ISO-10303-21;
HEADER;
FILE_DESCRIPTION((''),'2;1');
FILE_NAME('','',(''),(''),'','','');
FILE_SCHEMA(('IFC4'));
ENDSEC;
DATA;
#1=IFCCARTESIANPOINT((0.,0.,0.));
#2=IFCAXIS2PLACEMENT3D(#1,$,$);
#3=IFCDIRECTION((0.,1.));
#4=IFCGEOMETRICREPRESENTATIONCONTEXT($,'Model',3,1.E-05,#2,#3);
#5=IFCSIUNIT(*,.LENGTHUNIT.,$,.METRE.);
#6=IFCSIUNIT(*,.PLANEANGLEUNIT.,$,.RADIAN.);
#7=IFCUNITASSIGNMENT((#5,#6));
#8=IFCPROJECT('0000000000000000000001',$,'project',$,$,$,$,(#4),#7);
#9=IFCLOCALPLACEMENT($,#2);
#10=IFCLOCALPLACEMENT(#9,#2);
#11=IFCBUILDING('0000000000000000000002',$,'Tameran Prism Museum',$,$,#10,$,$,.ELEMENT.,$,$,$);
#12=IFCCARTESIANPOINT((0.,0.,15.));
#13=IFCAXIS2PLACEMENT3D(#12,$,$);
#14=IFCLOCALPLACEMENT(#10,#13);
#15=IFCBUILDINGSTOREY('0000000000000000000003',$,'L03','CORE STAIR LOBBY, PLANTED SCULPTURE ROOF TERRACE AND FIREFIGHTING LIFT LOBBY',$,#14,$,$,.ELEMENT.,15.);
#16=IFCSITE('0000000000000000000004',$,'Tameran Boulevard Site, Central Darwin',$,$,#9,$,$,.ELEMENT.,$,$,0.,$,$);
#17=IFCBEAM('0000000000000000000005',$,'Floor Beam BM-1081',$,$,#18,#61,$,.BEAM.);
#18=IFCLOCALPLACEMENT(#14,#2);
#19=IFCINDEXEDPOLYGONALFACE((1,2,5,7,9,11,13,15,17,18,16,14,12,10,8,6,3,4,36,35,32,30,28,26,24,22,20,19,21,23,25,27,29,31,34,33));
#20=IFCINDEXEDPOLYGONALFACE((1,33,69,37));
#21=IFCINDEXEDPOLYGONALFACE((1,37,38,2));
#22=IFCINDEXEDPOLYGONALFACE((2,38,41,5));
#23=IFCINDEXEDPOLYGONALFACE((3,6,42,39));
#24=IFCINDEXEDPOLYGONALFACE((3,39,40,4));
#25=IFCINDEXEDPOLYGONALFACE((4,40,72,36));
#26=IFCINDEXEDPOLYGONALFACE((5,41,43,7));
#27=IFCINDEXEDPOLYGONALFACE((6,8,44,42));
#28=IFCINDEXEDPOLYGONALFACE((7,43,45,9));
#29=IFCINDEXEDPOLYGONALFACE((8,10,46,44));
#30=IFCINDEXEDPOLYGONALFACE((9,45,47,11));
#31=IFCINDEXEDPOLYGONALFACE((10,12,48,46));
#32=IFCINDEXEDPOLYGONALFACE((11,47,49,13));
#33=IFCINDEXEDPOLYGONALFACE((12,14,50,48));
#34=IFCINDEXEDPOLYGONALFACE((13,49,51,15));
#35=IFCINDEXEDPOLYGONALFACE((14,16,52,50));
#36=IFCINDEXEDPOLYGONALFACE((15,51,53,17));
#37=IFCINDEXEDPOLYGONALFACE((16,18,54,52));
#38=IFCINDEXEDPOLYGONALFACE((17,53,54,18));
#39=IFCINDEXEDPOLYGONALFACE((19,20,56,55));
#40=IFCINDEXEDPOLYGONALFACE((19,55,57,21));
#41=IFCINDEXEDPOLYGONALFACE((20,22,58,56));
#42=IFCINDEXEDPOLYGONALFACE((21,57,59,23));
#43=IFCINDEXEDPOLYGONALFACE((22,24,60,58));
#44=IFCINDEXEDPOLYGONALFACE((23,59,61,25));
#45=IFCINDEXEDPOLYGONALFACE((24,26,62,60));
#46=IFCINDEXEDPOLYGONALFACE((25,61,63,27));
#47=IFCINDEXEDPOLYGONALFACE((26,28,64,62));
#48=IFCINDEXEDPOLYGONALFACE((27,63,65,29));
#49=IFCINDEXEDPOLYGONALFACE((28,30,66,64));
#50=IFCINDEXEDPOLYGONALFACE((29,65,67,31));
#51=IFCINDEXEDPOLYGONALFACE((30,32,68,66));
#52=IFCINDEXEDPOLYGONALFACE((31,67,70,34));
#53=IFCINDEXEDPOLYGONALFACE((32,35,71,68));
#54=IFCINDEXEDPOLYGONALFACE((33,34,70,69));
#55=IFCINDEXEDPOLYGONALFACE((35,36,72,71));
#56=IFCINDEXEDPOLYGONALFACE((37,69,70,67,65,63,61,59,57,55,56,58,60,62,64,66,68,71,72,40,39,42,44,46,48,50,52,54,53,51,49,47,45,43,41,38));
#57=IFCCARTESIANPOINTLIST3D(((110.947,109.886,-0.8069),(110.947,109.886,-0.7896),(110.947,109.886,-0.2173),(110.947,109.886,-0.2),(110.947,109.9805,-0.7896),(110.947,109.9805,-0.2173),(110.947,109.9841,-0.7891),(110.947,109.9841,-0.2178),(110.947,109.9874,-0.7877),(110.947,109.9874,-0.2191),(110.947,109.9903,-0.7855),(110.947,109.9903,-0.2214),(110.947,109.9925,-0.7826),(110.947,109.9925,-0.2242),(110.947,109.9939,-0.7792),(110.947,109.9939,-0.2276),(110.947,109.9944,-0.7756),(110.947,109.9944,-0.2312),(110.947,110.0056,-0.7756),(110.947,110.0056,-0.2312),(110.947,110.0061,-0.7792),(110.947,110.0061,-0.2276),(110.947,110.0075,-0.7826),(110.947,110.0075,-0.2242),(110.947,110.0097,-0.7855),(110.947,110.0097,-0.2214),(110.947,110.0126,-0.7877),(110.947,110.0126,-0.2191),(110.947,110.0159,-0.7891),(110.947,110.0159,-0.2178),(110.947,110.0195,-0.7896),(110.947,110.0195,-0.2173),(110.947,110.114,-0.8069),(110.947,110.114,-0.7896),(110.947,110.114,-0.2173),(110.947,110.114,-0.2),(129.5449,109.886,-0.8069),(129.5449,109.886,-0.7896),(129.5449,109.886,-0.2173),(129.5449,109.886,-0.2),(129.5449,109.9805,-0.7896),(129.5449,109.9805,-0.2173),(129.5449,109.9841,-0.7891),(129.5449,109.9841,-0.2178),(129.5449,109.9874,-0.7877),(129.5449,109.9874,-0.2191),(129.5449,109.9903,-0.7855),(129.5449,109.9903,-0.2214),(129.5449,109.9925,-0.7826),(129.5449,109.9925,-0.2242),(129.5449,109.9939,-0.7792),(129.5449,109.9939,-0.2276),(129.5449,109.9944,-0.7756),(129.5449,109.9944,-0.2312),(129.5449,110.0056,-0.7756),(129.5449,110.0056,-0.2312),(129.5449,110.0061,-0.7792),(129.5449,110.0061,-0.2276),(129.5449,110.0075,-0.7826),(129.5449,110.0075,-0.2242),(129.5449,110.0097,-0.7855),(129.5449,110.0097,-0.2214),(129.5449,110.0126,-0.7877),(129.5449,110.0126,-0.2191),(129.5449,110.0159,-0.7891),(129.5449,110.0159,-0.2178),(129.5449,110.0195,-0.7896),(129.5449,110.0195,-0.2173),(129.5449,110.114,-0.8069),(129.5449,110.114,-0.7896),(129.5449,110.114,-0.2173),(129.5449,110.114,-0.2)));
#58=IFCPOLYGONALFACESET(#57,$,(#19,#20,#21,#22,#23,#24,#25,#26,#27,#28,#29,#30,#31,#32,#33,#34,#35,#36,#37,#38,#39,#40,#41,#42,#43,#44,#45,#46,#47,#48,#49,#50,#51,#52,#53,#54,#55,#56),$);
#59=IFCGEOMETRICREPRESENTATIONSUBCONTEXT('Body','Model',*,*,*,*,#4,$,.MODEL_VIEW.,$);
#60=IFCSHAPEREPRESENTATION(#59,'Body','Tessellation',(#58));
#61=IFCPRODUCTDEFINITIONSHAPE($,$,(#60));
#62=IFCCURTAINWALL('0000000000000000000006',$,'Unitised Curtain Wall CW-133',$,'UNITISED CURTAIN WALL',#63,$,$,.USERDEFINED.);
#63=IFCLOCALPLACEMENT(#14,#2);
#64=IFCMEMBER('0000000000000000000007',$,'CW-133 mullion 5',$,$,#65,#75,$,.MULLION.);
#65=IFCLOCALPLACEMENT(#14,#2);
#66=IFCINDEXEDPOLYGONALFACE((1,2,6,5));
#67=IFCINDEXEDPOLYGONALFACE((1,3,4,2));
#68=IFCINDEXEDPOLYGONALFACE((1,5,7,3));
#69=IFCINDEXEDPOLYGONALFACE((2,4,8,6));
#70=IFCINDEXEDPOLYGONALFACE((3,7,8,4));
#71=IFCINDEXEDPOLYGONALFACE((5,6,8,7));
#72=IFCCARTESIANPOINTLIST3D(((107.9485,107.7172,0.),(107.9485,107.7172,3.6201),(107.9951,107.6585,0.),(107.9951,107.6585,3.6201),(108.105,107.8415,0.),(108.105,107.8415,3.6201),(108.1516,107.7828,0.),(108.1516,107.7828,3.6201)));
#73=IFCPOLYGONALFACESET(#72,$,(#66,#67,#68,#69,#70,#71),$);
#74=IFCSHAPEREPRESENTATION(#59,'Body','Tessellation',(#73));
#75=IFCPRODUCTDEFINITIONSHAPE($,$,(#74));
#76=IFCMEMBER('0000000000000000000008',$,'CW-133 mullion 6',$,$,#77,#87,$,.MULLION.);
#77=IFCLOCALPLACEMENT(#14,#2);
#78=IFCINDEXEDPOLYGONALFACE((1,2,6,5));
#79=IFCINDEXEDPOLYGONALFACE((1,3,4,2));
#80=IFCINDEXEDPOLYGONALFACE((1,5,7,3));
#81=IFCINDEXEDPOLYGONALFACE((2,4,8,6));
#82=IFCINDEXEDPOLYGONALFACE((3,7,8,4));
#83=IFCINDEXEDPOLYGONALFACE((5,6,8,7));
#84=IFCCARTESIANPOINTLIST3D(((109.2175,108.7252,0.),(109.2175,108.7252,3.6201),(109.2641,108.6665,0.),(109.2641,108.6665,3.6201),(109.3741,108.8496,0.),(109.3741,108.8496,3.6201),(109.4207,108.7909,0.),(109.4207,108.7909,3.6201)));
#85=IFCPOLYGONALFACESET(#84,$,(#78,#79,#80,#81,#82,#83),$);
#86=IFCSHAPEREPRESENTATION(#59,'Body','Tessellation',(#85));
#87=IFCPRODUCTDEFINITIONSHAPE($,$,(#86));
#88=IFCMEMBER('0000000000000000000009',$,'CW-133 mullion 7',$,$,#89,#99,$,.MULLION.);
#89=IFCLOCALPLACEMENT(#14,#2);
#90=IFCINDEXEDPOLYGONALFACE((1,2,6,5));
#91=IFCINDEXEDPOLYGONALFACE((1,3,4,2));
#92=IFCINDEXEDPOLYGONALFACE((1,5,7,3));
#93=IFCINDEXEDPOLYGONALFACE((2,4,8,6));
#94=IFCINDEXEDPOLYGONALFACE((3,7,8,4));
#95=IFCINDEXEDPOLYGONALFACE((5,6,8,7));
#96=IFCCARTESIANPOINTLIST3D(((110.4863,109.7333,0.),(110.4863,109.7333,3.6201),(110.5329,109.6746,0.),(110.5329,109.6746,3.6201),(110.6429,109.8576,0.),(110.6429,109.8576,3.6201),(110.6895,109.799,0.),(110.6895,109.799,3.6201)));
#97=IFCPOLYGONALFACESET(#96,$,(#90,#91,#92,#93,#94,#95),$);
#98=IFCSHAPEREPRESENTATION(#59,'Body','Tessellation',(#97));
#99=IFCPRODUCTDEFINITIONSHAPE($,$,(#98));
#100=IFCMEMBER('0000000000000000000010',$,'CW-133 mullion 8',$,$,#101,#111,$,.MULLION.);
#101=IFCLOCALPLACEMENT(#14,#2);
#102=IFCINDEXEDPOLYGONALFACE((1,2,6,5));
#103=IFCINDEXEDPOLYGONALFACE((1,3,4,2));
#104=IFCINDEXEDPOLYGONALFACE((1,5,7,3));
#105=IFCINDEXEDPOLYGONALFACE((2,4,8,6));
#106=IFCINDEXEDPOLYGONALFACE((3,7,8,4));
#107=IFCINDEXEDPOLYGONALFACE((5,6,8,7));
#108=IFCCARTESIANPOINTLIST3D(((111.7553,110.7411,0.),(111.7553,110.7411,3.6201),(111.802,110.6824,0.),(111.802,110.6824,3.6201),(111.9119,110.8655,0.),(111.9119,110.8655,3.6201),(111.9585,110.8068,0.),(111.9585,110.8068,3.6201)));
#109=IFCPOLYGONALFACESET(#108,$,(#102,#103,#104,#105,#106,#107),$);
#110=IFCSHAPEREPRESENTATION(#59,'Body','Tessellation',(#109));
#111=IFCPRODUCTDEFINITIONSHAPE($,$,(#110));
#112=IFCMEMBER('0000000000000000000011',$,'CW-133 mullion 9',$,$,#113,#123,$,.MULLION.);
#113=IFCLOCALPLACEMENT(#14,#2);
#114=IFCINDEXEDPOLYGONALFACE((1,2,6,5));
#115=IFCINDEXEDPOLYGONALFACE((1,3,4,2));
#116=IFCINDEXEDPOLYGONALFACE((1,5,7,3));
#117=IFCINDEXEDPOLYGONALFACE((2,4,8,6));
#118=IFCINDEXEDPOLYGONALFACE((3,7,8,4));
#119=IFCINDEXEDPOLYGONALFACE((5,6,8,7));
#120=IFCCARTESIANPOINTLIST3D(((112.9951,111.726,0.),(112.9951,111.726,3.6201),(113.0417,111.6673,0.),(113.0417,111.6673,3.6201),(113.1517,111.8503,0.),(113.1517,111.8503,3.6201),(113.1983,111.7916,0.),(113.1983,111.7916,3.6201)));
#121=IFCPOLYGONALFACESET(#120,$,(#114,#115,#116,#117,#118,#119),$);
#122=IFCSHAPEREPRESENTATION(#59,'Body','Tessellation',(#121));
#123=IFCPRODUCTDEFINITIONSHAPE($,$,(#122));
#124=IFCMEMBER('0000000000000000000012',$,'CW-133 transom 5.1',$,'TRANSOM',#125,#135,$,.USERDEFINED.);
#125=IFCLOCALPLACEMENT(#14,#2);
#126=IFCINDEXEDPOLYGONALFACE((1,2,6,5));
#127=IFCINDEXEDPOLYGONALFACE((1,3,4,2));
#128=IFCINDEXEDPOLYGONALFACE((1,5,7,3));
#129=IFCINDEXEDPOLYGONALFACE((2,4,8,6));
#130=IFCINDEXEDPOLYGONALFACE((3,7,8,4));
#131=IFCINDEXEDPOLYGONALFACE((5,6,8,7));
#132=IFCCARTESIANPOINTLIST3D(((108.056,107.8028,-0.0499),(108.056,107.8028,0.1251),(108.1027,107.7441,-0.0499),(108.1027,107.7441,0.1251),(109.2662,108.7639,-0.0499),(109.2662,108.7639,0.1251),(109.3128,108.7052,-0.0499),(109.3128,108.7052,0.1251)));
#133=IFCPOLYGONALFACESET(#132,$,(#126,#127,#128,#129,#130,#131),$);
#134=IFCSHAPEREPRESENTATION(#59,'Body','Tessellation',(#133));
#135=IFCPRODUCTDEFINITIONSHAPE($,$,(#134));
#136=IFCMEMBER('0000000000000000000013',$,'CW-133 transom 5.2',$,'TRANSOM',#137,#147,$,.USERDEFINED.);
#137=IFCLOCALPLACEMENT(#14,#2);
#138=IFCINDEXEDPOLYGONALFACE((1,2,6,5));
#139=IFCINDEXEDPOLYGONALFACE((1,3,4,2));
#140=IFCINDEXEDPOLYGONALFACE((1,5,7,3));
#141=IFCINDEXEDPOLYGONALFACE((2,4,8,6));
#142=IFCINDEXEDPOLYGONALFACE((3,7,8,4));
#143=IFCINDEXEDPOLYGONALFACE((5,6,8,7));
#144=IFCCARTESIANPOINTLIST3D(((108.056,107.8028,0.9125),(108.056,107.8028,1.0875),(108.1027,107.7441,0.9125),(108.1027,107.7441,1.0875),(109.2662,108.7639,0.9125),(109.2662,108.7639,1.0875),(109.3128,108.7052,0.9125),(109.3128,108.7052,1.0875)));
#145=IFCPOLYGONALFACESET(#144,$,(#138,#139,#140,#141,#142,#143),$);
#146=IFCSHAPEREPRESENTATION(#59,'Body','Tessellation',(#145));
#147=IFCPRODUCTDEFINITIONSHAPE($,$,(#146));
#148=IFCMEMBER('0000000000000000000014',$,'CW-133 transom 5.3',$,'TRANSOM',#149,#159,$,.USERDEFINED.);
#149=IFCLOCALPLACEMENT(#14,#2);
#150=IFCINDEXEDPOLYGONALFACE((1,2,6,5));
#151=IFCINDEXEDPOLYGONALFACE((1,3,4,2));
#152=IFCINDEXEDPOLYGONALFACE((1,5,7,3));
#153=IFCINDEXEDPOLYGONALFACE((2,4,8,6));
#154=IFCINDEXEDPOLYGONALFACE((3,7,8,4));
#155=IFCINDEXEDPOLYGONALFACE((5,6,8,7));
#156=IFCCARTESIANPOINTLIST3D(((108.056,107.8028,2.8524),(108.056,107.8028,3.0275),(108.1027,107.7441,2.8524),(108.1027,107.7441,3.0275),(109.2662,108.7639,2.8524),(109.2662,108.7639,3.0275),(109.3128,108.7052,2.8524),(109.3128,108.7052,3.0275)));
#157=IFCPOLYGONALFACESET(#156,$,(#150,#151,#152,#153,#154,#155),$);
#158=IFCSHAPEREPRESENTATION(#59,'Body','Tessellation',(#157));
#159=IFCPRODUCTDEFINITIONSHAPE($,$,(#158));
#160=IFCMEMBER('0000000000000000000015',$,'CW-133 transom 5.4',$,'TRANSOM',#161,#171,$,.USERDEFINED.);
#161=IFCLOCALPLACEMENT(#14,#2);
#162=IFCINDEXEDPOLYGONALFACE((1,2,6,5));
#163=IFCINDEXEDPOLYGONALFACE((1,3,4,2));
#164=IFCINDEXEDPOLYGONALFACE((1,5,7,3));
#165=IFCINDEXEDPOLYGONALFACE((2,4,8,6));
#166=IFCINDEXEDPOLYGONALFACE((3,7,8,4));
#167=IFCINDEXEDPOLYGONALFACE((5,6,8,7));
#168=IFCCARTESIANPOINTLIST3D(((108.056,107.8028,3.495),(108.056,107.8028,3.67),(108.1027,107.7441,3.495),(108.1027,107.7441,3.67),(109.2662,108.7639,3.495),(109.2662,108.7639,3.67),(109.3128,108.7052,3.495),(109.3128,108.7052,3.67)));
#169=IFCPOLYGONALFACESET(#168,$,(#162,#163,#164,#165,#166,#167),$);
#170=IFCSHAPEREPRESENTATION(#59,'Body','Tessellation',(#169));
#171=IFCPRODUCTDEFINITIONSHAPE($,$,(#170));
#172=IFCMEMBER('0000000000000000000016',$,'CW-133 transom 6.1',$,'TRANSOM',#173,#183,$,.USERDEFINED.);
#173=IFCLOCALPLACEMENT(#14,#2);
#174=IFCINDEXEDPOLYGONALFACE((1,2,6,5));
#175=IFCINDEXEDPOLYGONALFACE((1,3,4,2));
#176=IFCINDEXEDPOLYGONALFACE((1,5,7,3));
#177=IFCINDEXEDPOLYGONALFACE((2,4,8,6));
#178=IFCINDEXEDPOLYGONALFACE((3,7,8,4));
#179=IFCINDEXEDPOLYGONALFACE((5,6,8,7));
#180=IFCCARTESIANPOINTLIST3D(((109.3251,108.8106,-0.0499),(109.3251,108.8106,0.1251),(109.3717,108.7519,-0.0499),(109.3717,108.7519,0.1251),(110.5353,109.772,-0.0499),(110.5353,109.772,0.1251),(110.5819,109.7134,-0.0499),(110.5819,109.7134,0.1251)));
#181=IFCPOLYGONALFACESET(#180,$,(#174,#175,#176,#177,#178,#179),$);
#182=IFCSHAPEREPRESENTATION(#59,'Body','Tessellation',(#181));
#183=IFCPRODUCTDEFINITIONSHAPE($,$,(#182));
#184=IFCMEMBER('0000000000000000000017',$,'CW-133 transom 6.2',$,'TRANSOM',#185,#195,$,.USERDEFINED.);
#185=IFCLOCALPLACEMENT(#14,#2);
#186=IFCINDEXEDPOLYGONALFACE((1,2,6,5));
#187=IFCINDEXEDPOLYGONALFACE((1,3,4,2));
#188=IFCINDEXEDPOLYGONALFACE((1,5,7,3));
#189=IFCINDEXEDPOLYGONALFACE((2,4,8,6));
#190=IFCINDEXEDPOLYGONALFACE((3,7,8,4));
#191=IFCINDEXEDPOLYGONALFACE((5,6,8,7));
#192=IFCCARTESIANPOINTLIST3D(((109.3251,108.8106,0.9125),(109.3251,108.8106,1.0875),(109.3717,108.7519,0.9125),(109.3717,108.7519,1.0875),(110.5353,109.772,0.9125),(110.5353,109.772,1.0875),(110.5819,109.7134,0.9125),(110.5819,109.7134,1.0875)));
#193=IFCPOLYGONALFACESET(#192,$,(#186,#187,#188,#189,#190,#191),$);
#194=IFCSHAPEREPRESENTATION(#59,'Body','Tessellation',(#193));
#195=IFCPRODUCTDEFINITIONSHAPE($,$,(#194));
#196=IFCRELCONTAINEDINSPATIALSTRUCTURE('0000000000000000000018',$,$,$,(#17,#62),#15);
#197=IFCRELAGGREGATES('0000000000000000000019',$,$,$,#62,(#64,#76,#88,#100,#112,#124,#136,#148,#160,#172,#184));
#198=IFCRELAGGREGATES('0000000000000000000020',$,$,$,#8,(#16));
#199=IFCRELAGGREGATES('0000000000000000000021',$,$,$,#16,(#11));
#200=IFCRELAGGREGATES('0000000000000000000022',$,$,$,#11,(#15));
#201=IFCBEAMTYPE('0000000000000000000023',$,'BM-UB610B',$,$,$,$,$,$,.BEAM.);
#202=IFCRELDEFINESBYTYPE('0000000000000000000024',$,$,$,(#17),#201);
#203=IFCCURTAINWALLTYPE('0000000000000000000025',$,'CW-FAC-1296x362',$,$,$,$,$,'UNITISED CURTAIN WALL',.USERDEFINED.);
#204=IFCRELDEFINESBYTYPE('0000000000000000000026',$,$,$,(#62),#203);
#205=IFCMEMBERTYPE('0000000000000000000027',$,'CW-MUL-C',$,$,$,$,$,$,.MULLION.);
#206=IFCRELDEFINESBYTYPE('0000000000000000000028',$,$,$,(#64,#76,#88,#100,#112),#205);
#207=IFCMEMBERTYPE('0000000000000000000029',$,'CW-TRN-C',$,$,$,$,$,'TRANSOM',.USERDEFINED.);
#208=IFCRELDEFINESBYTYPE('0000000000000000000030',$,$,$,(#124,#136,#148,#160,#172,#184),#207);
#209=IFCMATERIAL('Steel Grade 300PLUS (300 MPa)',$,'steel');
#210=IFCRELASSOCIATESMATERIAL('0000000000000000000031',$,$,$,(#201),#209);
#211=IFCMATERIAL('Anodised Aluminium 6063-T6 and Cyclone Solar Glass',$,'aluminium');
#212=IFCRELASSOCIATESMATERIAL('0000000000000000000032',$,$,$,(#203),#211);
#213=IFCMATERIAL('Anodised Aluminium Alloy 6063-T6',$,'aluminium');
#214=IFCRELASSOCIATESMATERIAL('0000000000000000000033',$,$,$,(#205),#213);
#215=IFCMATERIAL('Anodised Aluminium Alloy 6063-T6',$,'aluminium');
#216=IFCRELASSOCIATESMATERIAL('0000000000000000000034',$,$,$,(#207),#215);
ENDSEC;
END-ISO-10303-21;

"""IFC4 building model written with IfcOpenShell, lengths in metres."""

from ifc_helpers import new_model, si_unit, direction, frame, origin, origin_2d, place, context, subcontext, project, spatial, rectangle, i_section, extrude, material, material_profile, profile_set, type_object, element, aggregate, save


model = new_model("IFC4")

# Units and contexts
model_context = context("Model", 3, precision=1e-05, world=origin(), true_north=direction((0.0, 1.0)))
body_context = subcontext(model_context, "Body", "Model", "MODEL_VIEW")
ifc_project = project(units=[si_unit("LENGTHUNIT", "METRE"), si_unit("PLANEANGLEUNIT", "RADIAN")], contexts=[model_context])

# Site, building, storey
site_placement = place(None, origin())
site = spatial("IfcSite", under=ifc_project, at=site_placement, Name="Tameran Boulevard Site, Central Darwin", CompositionType="ELEMENT", RefElevation=0.0)
building_placement = place(site_placement, origin())
building = spatial("IfcBuilding", under=site, at=building_placement, Name="Tameran Prism Museum", CompositionType="ELEMENT")
storey_placement = place(building_placement, frame((0.0, 0.0, 15.0)))
storey = spatial("IfcBuildingStorey", under=building, at=storey_placement, Name="L03", Description="CORE STAIR LOBBY, PLANTED SCULPTURE ROOF TERRACE AND FIREFIGHTING LIFT LOBBY", CompositionType="ELEMENT", Elevation=15.0)

# Beam
ifc_material_1 = material(Name="Steel Grade 300PLUS (300 MPa)", Category="steel")
ifc_material_profile_1 = material_profile(ifc_material_1, i_section(OverallWidth=0.228, OverallDepth=0.6069, WebThickness=0.0112, FlangeThickness=0.0173, FilletRadius=0.0139, at=origin_2d()))
ifc_profile_set_1 = profile_set([ifc_material_profile_1])
beam_type = type_object("IfcBeamType", Name="BM-UB610B", PredefinedType="BEAM", material=ifc_profile_set_1)
beam_placement = place(storey_placement, frame((110.947, 110.0, -0.5034), z_axis=(1.0, 0.0, 0.0), x_axis=(0.0, 1.0, 0.0)))
element("IfcBeam", 1, at=beam_placement, inside=storey, type_object=beam_type, Name="Floor Beam BM-1081", PredefinedType="BEAM", context=body_context, shape_type="SweptSolid", body=[
    extrude(i_section(OverallWidth=0.228, OverallDepth=0.6069, WebThickness=0.0112, FlangeThickness=0.0173, FilletRadius=0.0139, at=origin_2d()), origin(), (0.0, 0.0, 1.0), 18.5979),
])

# Curtain wall, members
ifc_material_2 = material(Name="Anodised Aluminium 6063-T6 and Cyclone Solar Glass", Category="aluminium")
curtain_wall_type = type_object("IfcCurtainWallType", Name="CW-FAC-1296x362", ElementType="UNITISED CURTAIN WALL", PredefinedType="USERDEFINED", material=ifc_material_2)
curtain_wall_placement = place(storey_placement, origin())
curtain_wall = element("IfcCurtainWall", 2, at=curtain_wall_placement, inside=storey, type_object=curtain_wall_type, Name="Unitised Curtain Wall CW-133", ObjectType="UNITISED CURTAIN WALL", PredefinedType="USERDEFINED")
ifc_material_3 = material(Name="Anodised Aluminium Alloy 6063-T6", Category="aluminium")
ifc_material_profile_2 = material_profile(ifc_material_3, rectangle(XDim=0.075, YDim=0.2, at=origin_2d()))
ifc_profile_set_2 = profile_set([ifc_material_profile_2])
member_type_1 = type_object("IfcMemberType", Name="CW-MUL-C", PredefinedType="MULLION", material=ifc_profile_set_2)
member_1_placement = place(storey_placement, frame((108.05, 107.75, 0.0), z_axis=(0.0, 0.0, 1.0), x_axis=(-0.621982, 0.783031, 0.0)))
member_1 = element("IfcMember", 3, at=member_1_placement, type_object=member_type_1, Name="CW-133 mullion 5", PredefinedType="MULLION", context=body_context, shape_type="SweptSolid", body=[
    extrude(rectangle(XDim=0.075, YDim=0.2, at=origin_2d()), origin(), (0.0, 0.0, 1.0), 3.6201),
])
member_2_placement = place(storey_placement, frame((109.3191, 108.7581, 0.0), z_axis=(0.0, 0.0, 1.0), x_axis=(-0.621982, 0.783031, 0.0)))
member_2 = element("IfcMember", 4, at=member_2_placement, type_object=member_type_1, Name="CW-133 mullion 6", PredefinedType="MULLION", context=body_context, shape_type="SweptSolid", body=[
    extrude(rectangle(XDim=0.075, YDim=0.2, at=origin_2d()), origin(), (0.0, 0.0, 1.0), 3.6201),
])
member_3_placement = place(storey_placement, frame((110.5879, 109.7661, 0.0), z_axis=(0.0, 0.0, 1.0), x_axis=(-0.621982, 0.783031, 0.0)))
member_3 = element("IfcMember", 5, at=member_3_placement, type_object=member_type_1, Name="CW-133 mullion 7", PredefinedType="MULLION", context=body_context, shape_type="SweptSolid", body=[
    extrude(rectangle(XDim=0.075, YDim=0.2, at=origin_2d()), origin(), (0.0, 0.0, 1.0), 3.6201),
])
member_4_placement = place(storey_placement, frame((111.8569, 110.7739, 0.0), z_axis=(0.0, 0.0, 1.0), x_axis=(-0.621982, 0.783031, 0.0)))
member_4 = element("IfcMember", 6, at=member_4_placement, type_object=member_type_1, Name="CW-133 mullion 8", PredefinedType="MULLION", context=body_context, shape_type="SweptSolid", body=[
    extrude(rectangle(XDim=0.075, YDim=0.2, at=origin_2d()), origin(), (0.0, 0.0, 1.0), 3.6201),
])
member_5_placement = place(storey_placement, frame((113.0967, 111.7588, 0.0), z_axis=(0.0, 0.0, 1.0), x_axis=(-0.621982, 0.783031, 0.0)))
member_5 = element("IfcMember", 7, at=member_5_placement, type_object=member_type_1, Name="CW-133 mullion 9", PredefinedType="MULLION", context=body_context, shape_type="SweptSolid", body=[
    extrude(rectangle(XDim=0.075, YDim=0.2, at=origin_2d()), origin(), (0.0, 0.0, 1.0), 3.6201),
])
ifc_material_4 = material(Name="Anodised Aluminium Alloy 6063-T6", Category="aluminium")
ifc_material_profile_3 = material_profile(ifc_material_4, rectangle(XDim=0.075, YDim=0.175, at=origin_2d()))
ifc_profile_set_3 = profile_set([ifc_material_profile_3])
member_type_2 = type_object("IfcMemberType", Name="CW-TRN-C", ElementType="TRANSOM", PredefinedType="USERDEFINED", material=ifc_profile_set_3)
member_6_placement = place(storey_placement, frame((108.0793, 107.7734, 0.0376), z_axis=(0.783068, 0.621936, 0.0), x_axis=(-0.621936, 0.783068, 0.0)))
member_6 = element("IfcMember", 8, at=member_6_placement, type_object=member_type_2, Name="CW-133 transom 5.1", ObjectType="TRANSOM", PredefinedType="USERDEFINED", context=body_context, shape_type="SweptSolid", body=[
    extrude(rectangle(XDim=0.075, YDim=0.175, at=origin_2d()), origin(), (0.0, 0.0, 1.0), 1.5454),
])
member_7_placement = place(storey_placement, frame((108.0793, 107.7734, 1.0), z_axis=(0.783068, 0.621936, 0.0), x_axis=(-0.621936, 0.783068, 0.0)))
member_7 = element("IfcMember", 9, at=member_7_placement, type_object=member_type_2, Name="CW-133 transom 5.2", ObjectType="TRANSOM", PredefinedType="USERDEFINED", context=body_context, shape_type="SweptSolid", body=[
    extrude(rectangle(XDim=0.075, YDim=0.175, at=origin_2d()), origin(), (0.0, 0.0, 1.0), 1.5454),
])
member_8_placement = place(storey_placement, frame((108.0793, 107.7734, 2.9399), z_axis=(0.783068, 0.621936, 0.0), x_axis=(-0.621936, 0.783068, 0.0)))
member_8 = element("IfcMember", 10, at=member_8_placement, type_object=member_type_2, Name="CW-133 transom 5.3", ObjectType="TRANSOM", PredefinedType="USERDEFINED", context=body_context, shape_type="SweptSolid", body=[
    extrude(rectangle(XDim=0.075, YDim=0.175, at=origin_2d()), origin(), (0.0, 0.0, 1.0), 1.5454),
])
member_9_placement = place(storey_placement, frame((108.0793, 107.7734, 3.5825), z_axis=(0.783068, 0.621936, 0.0), x_axis=(-0.621936, 0.783068, 0.0)))
member_9 = element("IfcMember", 11, at=member_9_placement, type_object=member_type_2, Name="CW-133 transom 5.4", ObjectType="TRANSOM", PredefinedType="USERDEFINED", context=body_context, shape_type="SweptSolid", body=[
    extrude(rectangle(XDim=0.075, YDim=0.175, at=origin_2d()), origin(), (0.0, 0.0, 1.0), 1.5454),
])
member_10_placement = place(storey_placement, frame((109.3484, 108.7812, 0.0376), z_axis=(0.782991, 0.622033, 0.0), x_axis=(-0.622033, 0.782991, 0.0)))
member_10 = element("IfcMember", 12, at=member_10_placement, type_object=member_type_2, Name="CW-133 transom 6.1", ObjectType="TRANSOM", PredefinedType="USERDEFINED", context=body_context, shape_type="SweptSolid", body=[
    extrude(rectangle(XDim=0.075, YDim=0.175, at=origin_2d()), origin(), (0.0, 0.0, 1.0), 1.5457),
])
member_11_placement = place(storey_placement, frame((109.3484, 108.7812, 1.0), z_axis=(0.782991, 0.622033, 0.0), x_axis=(-0.622033, 0.782991, 0.0)))
member_11 = element("IfcMember", 13, at=member_11_placement, type_object=member_type_2, Name="CW-133 transom 6.2", ObjectType="TRANSOM", PredefinedType="USERDEFINED", context=body_context, shape_type="SweptSolid", body=[
    extrude(rectangle(XDim=0.075, YDim=0.175, at=origin_2d()), origin(), (0.0, 0.0, 1.0), 1.5457),
])
aggregate(curtain_wall, [member_1, member_2, member_3, member_4, member_5, member_6, member_7, member_8, member_9, member_10, member_11])

save(model, "model.ifc")
